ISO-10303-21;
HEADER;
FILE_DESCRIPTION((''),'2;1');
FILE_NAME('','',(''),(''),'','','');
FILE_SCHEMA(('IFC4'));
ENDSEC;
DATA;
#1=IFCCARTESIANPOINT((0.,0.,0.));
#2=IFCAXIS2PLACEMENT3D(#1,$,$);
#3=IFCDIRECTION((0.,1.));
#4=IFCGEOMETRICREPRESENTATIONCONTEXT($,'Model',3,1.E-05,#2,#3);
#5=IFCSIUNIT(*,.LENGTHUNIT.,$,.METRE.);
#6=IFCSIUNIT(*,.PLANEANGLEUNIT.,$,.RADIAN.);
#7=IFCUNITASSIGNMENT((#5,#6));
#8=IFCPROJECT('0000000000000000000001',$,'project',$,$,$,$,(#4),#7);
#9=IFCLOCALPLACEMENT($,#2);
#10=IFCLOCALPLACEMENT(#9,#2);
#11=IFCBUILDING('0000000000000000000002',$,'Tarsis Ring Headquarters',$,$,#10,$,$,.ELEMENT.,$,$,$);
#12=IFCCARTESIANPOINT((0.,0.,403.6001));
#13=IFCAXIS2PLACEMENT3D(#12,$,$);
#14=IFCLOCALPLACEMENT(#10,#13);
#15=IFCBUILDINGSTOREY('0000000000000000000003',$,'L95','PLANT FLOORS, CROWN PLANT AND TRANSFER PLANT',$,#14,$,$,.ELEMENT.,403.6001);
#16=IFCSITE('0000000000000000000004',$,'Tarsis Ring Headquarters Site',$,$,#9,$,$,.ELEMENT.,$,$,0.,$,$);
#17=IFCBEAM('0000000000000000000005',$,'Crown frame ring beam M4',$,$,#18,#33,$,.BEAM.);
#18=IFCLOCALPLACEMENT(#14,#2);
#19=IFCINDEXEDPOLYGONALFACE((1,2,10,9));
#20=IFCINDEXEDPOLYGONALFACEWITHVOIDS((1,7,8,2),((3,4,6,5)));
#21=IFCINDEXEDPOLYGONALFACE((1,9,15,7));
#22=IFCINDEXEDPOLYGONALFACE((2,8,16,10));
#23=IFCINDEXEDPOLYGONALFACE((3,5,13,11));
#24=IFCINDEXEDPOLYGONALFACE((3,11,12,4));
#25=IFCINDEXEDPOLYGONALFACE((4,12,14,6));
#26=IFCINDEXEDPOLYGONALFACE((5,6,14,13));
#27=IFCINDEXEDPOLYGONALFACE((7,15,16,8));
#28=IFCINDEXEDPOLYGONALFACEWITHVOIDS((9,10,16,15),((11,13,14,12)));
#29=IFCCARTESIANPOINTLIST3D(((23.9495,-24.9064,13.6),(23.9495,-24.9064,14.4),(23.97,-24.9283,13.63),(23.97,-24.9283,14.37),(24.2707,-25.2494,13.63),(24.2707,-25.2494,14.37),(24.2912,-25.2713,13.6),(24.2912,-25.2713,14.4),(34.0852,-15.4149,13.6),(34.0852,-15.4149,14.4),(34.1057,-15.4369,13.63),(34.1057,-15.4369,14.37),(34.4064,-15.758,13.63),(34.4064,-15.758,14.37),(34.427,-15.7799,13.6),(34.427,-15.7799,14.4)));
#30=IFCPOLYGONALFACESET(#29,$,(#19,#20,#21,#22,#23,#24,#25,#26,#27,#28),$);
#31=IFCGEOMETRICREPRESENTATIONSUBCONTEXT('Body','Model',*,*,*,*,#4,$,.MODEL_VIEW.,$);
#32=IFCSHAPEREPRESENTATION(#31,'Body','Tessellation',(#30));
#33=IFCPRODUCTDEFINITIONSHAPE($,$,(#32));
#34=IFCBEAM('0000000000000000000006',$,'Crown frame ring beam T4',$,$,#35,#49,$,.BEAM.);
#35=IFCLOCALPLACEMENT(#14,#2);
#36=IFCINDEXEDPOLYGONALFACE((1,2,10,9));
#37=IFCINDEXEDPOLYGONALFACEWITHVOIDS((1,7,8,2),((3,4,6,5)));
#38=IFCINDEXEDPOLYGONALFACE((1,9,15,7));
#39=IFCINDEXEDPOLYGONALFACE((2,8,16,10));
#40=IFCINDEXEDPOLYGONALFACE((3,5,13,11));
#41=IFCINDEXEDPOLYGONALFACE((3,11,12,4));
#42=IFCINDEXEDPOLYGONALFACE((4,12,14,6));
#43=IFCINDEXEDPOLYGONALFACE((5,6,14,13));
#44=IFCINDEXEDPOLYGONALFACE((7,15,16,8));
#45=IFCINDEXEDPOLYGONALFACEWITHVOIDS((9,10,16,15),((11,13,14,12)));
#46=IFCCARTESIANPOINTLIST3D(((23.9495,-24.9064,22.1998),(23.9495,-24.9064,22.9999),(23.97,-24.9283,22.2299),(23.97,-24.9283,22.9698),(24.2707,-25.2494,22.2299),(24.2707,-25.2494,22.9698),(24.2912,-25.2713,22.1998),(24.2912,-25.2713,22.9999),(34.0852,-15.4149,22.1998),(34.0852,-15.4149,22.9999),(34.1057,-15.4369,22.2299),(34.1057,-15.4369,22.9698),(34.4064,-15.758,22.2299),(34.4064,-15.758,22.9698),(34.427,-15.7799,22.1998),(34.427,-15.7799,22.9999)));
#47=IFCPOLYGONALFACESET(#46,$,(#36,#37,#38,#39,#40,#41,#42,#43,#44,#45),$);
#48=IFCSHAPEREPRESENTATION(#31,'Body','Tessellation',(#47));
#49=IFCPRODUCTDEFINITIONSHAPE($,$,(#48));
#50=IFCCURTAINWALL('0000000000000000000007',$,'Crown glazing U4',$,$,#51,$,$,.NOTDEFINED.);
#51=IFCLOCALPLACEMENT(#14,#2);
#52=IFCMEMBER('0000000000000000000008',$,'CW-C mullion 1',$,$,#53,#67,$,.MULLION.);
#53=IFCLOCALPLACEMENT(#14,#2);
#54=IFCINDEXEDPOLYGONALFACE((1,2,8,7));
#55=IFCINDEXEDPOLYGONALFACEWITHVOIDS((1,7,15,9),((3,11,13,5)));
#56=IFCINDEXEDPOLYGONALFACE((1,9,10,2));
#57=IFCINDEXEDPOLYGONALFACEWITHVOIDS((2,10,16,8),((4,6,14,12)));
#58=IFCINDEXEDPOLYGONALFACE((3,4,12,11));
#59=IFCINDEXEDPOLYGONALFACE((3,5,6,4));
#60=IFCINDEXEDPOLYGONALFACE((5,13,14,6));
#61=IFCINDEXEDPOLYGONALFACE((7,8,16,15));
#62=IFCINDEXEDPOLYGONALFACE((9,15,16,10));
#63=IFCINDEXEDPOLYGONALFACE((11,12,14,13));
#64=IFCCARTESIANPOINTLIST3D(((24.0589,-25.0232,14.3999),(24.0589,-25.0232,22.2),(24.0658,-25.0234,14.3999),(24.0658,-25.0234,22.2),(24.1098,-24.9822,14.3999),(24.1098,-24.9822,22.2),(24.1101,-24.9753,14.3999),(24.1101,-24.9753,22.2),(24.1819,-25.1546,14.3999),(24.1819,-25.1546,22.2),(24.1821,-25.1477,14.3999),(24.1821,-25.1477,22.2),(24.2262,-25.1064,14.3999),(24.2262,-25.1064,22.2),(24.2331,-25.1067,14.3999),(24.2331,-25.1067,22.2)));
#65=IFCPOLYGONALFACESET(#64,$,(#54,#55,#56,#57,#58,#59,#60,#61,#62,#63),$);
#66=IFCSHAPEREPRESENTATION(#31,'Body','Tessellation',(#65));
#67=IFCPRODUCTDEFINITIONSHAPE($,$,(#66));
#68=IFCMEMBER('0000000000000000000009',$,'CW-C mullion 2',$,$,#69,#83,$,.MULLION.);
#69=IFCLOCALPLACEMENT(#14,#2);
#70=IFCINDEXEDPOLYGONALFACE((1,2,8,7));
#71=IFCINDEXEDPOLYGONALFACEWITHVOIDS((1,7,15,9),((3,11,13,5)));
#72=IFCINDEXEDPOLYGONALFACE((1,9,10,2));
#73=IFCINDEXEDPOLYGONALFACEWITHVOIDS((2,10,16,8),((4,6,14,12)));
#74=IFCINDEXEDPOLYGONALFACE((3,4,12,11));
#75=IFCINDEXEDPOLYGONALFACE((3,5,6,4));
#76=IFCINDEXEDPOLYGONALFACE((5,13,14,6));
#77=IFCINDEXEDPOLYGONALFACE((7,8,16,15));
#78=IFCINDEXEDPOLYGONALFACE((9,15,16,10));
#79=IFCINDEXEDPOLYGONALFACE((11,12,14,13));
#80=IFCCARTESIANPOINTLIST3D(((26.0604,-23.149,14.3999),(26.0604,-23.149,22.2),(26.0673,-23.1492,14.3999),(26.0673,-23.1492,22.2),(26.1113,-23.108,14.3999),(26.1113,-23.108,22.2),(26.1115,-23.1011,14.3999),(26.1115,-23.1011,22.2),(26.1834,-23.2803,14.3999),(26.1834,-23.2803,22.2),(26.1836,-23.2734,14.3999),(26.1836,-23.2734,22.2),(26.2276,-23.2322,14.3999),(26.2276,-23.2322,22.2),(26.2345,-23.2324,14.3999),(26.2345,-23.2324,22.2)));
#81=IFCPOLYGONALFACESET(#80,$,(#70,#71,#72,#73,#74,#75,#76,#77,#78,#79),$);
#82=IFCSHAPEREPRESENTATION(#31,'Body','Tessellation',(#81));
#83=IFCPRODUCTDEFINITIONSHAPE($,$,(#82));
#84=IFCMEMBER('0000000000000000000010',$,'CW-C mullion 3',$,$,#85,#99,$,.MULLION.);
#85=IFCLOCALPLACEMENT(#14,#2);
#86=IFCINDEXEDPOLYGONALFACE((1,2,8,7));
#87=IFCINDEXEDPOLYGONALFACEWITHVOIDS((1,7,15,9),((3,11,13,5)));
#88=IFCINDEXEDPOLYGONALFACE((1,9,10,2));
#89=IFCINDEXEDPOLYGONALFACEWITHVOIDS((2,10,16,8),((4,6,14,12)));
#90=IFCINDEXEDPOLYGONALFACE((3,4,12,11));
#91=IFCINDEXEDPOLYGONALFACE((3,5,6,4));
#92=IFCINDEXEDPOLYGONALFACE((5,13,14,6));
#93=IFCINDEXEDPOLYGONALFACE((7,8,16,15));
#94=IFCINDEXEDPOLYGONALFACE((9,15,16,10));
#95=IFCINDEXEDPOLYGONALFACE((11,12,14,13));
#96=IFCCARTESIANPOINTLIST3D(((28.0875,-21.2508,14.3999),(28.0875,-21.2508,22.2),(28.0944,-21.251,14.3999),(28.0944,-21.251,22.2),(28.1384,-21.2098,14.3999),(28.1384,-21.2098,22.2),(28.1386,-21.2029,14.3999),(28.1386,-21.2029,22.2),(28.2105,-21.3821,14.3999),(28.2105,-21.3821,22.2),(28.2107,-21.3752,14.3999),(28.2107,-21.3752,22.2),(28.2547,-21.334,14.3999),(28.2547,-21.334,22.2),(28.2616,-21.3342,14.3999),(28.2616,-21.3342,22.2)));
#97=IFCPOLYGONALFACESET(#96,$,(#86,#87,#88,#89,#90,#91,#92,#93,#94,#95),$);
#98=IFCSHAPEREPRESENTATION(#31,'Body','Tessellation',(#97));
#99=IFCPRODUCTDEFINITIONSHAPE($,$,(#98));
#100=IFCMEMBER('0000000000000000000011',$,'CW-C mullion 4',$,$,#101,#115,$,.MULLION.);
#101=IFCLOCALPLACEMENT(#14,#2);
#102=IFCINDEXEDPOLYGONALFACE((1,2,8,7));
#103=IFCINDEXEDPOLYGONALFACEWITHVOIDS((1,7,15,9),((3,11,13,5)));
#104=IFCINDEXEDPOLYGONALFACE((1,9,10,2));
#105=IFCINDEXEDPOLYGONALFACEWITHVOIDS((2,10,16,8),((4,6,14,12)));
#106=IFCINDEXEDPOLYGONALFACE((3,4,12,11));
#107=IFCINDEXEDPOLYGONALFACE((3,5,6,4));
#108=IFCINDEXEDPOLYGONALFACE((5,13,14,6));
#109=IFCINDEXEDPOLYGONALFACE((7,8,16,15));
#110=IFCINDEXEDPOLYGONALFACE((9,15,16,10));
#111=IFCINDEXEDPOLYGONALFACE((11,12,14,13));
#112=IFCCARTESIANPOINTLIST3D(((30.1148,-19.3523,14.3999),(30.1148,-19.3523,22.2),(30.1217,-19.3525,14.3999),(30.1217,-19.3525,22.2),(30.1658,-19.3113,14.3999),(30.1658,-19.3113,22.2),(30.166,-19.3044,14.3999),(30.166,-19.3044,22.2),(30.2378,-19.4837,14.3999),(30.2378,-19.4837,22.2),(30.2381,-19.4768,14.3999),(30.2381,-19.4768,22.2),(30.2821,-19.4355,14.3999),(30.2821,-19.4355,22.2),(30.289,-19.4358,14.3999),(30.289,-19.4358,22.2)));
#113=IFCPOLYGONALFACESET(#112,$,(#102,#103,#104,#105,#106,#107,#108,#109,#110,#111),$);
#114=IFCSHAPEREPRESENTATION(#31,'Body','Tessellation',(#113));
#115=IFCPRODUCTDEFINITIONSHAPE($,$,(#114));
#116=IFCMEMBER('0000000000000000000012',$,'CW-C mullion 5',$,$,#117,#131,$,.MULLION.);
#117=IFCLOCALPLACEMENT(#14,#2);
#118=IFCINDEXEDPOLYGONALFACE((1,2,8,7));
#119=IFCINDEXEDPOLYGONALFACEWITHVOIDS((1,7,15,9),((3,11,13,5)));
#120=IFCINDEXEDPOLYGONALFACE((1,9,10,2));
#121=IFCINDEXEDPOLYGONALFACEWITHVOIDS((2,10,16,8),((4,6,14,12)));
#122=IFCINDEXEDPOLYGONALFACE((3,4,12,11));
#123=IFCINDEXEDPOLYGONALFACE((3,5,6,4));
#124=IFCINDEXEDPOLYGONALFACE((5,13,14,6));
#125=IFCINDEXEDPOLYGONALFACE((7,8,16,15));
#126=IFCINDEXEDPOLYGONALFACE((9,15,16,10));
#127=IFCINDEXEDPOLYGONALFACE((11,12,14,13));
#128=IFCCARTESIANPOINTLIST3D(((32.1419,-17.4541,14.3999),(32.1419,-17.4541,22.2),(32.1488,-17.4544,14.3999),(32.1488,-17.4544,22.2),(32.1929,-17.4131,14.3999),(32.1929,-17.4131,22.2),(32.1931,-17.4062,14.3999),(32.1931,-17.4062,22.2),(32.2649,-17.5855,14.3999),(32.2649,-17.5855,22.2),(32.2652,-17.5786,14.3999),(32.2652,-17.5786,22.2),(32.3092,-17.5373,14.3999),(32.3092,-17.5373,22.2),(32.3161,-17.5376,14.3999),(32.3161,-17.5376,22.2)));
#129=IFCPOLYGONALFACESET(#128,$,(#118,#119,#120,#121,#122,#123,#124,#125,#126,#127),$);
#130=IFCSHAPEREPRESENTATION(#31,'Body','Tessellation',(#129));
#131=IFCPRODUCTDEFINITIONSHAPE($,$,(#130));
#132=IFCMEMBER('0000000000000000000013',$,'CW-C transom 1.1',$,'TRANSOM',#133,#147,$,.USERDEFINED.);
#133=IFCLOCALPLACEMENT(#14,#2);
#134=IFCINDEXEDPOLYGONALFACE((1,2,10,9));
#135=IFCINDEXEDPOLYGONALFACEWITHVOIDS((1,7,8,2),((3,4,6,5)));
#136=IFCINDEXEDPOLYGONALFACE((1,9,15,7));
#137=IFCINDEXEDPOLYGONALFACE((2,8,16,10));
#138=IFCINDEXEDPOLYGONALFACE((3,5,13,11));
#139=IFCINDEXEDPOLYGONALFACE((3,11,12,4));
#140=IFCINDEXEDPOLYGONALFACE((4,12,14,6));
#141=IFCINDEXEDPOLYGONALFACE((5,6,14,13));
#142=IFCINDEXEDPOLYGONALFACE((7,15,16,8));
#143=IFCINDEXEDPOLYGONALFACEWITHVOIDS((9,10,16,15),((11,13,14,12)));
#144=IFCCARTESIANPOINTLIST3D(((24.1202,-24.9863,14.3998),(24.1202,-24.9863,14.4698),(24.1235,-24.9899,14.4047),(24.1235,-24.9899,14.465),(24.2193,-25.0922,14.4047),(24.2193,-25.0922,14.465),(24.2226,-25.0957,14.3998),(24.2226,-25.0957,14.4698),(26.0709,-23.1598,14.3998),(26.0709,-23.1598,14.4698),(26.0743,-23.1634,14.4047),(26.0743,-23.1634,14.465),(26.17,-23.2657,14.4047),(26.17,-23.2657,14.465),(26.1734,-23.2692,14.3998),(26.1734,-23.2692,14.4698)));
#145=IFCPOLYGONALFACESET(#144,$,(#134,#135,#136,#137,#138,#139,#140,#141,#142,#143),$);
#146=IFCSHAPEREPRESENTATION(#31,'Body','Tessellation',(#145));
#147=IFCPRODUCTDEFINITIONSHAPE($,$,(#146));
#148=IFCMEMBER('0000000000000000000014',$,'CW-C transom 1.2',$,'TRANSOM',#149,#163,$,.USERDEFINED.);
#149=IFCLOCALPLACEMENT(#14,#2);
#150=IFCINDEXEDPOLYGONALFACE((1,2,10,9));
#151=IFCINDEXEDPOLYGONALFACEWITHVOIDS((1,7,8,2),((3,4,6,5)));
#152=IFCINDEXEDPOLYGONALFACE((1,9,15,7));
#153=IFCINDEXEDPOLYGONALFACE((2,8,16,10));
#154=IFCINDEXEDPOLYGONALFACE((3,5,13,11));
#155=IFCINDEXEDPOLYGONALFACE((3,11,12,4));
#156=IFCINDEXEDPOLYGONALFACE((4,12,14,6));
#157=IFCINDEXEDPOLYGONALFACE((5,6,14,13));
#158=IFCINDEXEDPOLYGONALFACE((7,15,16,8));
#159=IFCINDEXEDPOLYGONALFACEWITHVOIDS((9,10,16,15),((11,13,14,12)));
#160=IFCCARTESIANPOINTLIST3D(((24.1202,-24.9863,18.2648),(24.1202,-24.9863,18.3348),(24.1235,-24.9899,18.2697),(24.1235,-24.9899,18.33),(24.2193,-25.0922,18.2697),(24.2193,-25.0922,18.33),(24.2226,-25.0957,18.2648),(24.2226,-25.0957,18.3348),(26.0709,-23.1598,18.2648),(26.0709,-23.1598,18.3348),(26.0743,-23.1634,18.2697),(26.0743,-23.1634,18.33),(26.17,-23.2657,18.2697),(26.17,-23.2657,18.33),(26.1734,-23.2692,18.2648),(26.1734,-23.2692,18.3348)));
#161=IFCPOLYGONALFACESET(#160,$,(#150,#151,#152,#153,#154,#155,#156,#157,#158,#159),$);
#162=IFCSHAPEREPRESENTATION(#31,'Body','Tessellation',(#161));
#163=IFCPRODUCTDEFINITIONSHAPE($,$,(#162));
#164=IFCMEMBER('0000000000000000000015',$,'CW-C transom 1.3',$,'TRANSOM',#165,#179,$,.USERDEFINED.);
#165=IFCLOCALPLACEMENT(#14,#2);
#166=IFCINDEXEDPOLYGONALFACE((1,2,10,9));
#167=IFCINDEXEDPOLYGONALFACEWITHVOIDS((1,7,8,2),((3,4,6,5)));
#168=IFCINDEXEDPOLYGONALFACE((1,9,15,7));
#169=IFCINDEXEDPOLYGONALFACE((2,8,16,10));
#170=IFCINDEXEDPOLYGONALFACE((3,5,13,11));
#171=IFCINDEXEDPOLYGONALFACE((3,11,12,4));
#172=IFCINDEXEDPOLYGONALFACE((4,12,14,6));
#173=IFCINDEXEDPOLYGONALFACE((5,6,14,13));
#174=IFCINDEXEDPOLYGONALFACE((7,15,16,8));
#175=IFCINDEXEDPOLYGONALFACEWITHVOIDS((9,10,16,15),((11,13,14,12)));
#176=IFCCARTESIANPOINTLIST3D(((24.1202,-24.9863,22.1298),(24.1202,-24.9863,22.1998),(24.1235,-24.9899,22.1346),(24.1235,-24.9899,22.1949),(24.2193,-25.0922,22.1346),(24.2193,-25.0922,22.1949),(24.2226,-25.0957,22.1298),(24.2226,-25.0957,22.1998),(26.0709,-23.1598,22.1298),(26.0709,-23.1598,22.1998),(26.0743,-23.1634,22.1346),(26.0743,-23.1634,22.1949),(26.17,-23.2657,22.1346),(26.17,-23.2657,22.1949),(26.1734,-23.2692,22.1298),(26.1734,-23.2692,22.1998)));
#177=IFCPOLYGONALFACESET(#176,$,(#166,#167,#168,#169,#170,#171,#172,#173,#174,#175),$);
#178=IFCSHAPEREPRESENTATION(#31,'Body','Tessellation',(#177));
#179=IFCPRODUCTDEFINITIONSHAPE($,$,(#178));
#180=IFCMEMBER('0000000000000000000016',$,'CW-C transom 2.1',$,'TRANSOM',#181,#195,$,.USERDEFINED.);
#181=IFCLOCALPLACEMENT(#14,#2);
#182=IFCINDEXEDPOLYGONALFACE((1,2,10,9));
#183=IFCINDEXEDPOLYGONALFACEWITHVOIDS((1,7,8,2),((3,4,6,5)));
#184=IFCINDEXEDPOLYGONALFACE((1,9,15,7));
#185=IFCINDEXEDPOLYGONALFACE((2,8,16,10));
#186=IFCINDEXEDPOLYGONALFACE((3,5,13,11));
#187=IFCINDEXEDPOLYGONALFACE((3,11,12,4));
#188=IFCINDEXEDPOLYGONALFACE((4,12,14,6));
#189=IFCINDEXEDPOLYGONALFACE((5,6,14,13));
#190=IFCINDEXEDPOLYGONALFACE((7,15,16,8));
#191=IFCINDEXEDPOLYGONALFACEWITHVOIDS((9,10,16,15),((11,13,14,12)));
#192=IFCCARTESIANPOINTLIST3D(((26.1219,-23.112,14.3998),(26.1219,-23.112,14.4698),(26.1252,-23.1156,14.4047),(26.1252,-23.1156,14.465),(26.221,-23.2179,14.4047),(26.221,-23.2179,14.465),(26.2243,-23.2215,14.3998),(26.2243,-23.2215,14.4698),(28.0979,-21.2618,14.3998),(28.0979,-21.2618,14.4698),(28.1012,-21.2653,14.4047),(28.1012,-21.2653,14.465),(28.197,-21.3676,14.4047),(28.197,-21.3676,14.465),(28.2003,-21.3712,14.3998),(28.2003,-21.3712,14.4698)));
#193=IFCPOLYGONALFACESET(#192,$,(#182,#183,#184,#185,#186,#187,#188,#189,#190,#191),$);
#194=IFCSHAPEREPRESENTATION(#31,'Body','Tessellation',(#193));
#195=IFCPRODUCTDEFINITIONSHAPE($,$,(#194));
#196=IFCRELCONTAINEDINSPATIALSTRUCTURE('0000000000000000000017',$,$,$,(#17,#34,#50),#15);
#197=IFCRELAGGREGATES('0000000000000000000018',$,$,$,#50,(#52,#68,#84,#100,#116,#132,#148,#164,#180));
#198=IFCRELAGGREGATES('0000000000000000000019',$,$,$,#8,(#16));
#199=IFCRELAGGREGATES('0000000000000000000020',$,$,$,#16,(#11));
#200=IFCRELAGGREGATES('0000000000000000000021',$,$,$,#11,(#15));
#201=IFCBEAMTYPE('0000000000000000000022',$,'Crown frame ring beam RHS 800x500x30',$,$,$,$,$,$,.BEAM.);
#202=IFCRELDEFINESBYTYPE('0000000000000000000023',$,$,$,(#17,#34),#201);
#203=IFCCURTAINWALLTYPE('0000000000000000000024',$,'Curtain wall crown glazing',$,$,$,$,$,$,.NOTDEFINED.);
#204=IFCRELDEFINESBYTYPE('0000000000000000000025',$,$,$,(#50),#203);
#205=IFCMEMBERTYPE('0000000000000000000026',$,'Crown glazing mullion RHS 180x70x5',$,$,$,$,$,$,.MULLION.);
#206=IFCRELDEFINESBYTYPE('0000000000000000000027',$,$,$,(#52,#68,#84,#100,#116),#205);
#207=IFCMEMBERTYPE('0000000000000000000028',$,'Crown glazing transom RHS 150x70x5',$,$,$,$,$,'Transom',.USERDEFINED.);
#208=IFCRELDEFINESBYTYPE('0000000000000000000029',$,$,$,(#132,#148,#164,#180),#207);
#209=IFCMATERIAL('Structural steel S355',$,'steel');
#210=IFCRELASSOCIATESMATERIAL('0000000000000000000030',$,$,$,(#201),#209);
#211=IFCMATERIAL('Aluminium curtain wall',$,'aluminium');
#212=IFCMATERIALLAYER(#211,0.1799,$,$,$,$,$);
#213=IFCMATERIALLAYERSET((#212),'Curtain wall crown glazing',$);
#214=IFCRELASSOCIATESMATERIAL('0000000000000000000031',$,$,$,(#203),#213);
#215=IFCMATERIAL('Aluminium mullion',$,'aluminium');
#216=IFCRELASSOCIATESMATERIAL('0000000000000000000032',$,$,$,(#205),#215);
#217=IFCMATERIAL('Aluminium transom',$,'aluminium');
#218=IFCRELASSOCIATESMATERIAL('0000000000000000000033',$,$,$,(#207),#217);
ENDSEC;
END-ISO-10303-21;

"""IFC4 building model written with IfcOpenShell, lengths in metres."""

from ifc_helpers import new_model, si_unit, direction, frame, origin, origin_2d, place, context, subcontext, project, spatial, hollow_rectangle, extrude, material, layer, layer_set, material_profile, profile_set, type_object, element, aggregate, save


model = new_model("IFC4")

# Units and contexts
model_context = context("Model", 3, precision=1e-05, world=origin(), true_north=direction((0.0, 1.0)))
body_context = subcontext(model_context, "Body", "Model", "MODEL_VIEW")
ifc_project = project(units=[si_unit("LENGTHUNIT", "METRE"), si_unit("PLANEANGLEUNIT", "RADIAN")], contexts=[model_context])

# Site, building, storey
site_placement = place(None, origin())
site = spatial("IfcSite", under=ifc_project, at=site_placement, Name="Tarsis Ring Headquarters Site", CompositionType="ELEMENT", RefElevation=0.0)
building_placement = place(site_placement, origin())
building = spatial("IfcBuilding", under=site, at=building_placement, Name="Tarsis Ring Headquarters", CompositionType="ELEMENT")
storey_placement = place(building_placement, frame((0.0, 0.0, 403.6001)))
storey = spatial("IfcBuildingStorey", under=building, at=storey_placement, Name="L95", Description="PLANT FLOORS, CROWN PLANT AND TRANSFER PLANT", CompositionType="ELEMENT", Elevation=403.6001)

# Beams
ifc_material_1 = material(Name="Structural steel S355", Category="steel")
ifc_material_profile_1 = material_profile(ifc_material_1, hollow_rectangle(XDim=0.5, YDim=0.8, WallThickness=0.03, at=origin_2d()), Name="RHS 800x500x30")
ifc_profile_set_1 = profile_set([ifc_material_profile_1], Name="Structural steel S355")
beam_type = type_object("IfcBeamType", Name="Crown frame ring beam RHS 800x500x30", PredefinedType="BEAM", material=ifc_profile_set_1)
for number, where, z_axis, x_axis, name in (
    (1, (24.1204, -25.0889, 14.0), (0.729925, 0.683527, 0.0), (-0.683527, 0.729925, 0.0), "Crown frame ring beam M4"),
    (2, (24.1204, -25.0889, 22.5999), (0.729925, 0.683527, 0.0), (-0.683527, 0.729925, 0.0), "Crown frame ring beam T4"),
):
    element("IfcBeam", number, at=place(storey_placement, frame(where, z_axis=z_axis, x_axis=x_axis)), inside=storey, type_object=beam_type, Name=name, PredefinedType="BEAM", context=body_context, shape_type="SweptSolid", body=[
        extrude(hollow_rectangle(XDim=0.5, YDim=0.8, WallThickness=0.03, at=origin_2d()), origin(), (0.0, 0.0, 1.0), 13.886),
    ])

# Curtain wall, members
ifc_material_2 = material(Name="Aluminium curtain wall", Category="aluminium")
ifc_layer_1 = layer(ifc_material_2, 0.1799)
ifc_layer_set_1 = layer_set([ifc_layer_1], Name="Curtain wall crown glazing")
curtain_wall_type = type_object("IfcCurtainWallType", Name="Curtain wall crown glazing", PredefinedType="NOTDEFINED", material=ifc_layer_set_1)
curtain_wall_placement = place(storey_placement, origin())
curtain_wall = element("IfcCurtainWall", 3, at=curtain_wall_placement, inside=storey, type_object=curtain_wall_type, Name="Crown glazing U4", PredefinedType="NOTDEFINED")
ifc_material_3 = material(Name="Aluminium mullion", Category="aluminium")
ifc_material_profile_2 = material_profile(ifc_material_3, hollow_rectangle(XDim=0.1799, YDim=0.0701, WallThickness=0.0049, at=origin_2d()), Name="RHS 180x70x5")
ifc_profile_set_2 = profile_set([ifc_material_profile_2], Name="Aluminium mullion")
member_type_1 = type_object("IfcMemberType", Name="Crown glazing mullion RHS 180x70x5", PredefinedType="MULLION", material=ifc_profile_set_2)
member_1_placement = place(storey_placement, frame((24.146, -25.0649, 14.3999), z_axis=(0.0, 0.0, 1.0), x_axis=(-0.683529, 0.729924, 0.0)))
member_1 = element("IfcMember", 4, at=member_1_placement, type_object=member_type_1, Name="CW-C mullion 1", PredefinedType="MULLION", context=body_context, shape_type="SweptSolid", body=[
    extrude(hollow_rectangle(XDim=0.1799, YDim=0.0701, WallThickness=0.0049, at=origin_2d()), origin(), (0.0, 0.0, 1.0), 7.8),
])
member_2_placement = place(storey_placement, frame((26.1475, -23.1907, 14.3999), z_axis=(0.0, 0.0, 1.0), x_axis=(-0.683529, 0.729924, 0.0)))
member_2 = element("IfcMember", 5, at=member_2_placement, type_object=member_type_1, Name="CW-C mullion 2", PredefinedType="MULLION", context=body_context, shape_type="SweptSolid", body=[
    extrude(hollow_rectangle(XDim=0.1799, YDim=0.0701, WallThickness=0.0049, at=origin_2d()), origin(), (0.0, 0.0, 1.0), 7.8),
])
member_3_placement = place(storey_placement, frame((28.1746, -21.2925, 14.3999), z_axis=(0.0, 0.0, 1.0), x_axis=(-0.683529, 0.729924, 0.0)))
member_3 = element("IfcMember", 6, at=member_3_placement, type_object=member_type_1, Name="CW-C mullion 3", PredefinedType="MULLION", context=body_context, shape_type="SweptSolid", body=[
    extrude(hollow_rectangle(XDim=0.1799, YDim=0.0701, WallThickness=0.0049, at=origin_2d()), origin(), (0.0, 0.0, 1.0), 7.8),
])
member_4_placement = place(storey_placement, frame((30.2019, -19.394, 14.3999), z_axis=(0.0, 0.0, 1.0), x_axis=(-0.683529, 0.729924, 0.0)))
member_4 = element("IfcMember", 7, at=member_4_placement, type_object=member_type_1, Name="CW-C mullion 4", PredefinedType="MULLION", context=body_context, shape_type="SweptSolid", body=[
    extrude(hollow_rectangle(XDim=0.1799, YDim=0.0701, WallThickness=0.0049, at=origin_2d()), origin(), (0.0, 0.0, 1.0), 7.8),
])
member_5_placement = place(storey_placement, frame((32.229, -17.4958, 14.3999), z_axis=(0.0, 0.0, 1.0), x_axis=(-0.683529, 0.729924, 0.0)))
member_5 = element("IfcMember", 8, at=member_5_placement, type_object=member_type_1, Name="CW-C mullion 5", PredefinedType="MULLION", context=body_context, shape_type="SweptSolid", body=[
    extrude(hollow_rectangle(XDim=0.1799, YDim=0.0701, WallThickness=0.0049, at=origin_2d()), origin(), (0.0, 0.0, 1.0), 7.8),
])
ifc_material_4 = material(Name="Aluminium transom", Category="aluminium")
ifc_material_profile_3 = material_profile(ifc_material_4, hollow_rectangle(XDim=0.1499, YDim=0.0701, WallThickness=0.0049, at=origin_2d()), Name="RHS 150x70x5")
ifc_profile_set_3 = profile_set([ifc_material_profile_3], Name="Aluminium transom")
member_type_2 = type_object("IfcMemberType", Name="Crown glazing transom RHS 150x70x5", ElementType="Transom", PredefinedType="USERDEFINED", material=ifc_profile_set_3)
member_6_placement = place(storey_placement, frame((24.1714, -25.041, 14.4348), z_axis=(0.729976, 0.683473, 0.0), x_axis=(-0.683473, 0.729976, 0.0)))
member_6 = element("IfcMember", 9, at=member_6_placement, type_object=member_type_2, Name="CW-C transom 1.1", ObjectType="TRANSOM", PredefinedType="USERDEFINED", context=body_context, shape_type="SweptSolid", body=[
    extrude(hollow_rectangle(XDim=0.1499, YDim=0.0701, WallThickness=0.0049, at=origin_2d()), origin(), (0.0, 0.0, 1.0), 2.6724),
])
member_7_placement = place(storey_placement, frame((24.1714, -25.041, 18.2998), z_axis=(0.729976, 0.683473, 0.0), x_axis=(-0.683473, 0.729976, 0.0)))
member_7 = element("IfcMember", 10, at=member_7_placement, type_object=member_type_2, Name="CW-C transom 1.2", ObjectType="TRANSOM", PredefinedType="USERDEFINED", context=body_context, shape_type="SweptSolid", body=[
    extrude(hollow_rectangle(XDim=0.1499, YDim=0.0701, WallThickness=0.0049, at=origin_2d()), origin(), (0.0, 0.0, 1.0), 2.6724),
])
member_8_placement = place(storey_placement, frame((24.1714, -25.041, 22.1648), z_axis=(0.729976, 0.683473, 0.0), x_axis=(-0.683473, 0.729976, 0.0)))
member_8 = element("IfcMember", 11, at=member_8_placement, type_object=member_type_2, Name="CW-C transom 1.3", ObjectType="TRANSOM", PredefinedType="USERDEFINED", context=body_context, shape_type="SweptSolid", body=[
    extrude(hollow_rectangle(XDim=0.1499, YDim=0.0701, WallThickness=0.0049, at=origin_2d()), origin(), (0.0, 0.0, 1.0), 2.6724),
])
member_9_placement = place(storey_placement, frame((26.1731, -23.1667, 14.4348), z_axis=(0.729948, 0.683503, 0.0), x_axis=(-0.683503, 0.729948, 0.0)))
member_9 = element("IfcMember", 12, at=member_9_placement, type_object=member_type_2, Name="CW-C transom 2.1", ObjectType="TRANSOM", PredefinedType="USERDEFINED", context=body_context, shape_type="SweptSolid", body=[
    extrude(hollow_rectangle(XDim=0.1499, YDim=0.0701, WallThickness=0.0049, at=origin_2d()), origin(), (0.0, 0.0, 1.0), 2.707),
])
aggregate(curtain_wall, [member_1, member_2, member_3, member_4, member_5, member_6, member_7, member_8, member_9])

save(model, "model.ifc")
